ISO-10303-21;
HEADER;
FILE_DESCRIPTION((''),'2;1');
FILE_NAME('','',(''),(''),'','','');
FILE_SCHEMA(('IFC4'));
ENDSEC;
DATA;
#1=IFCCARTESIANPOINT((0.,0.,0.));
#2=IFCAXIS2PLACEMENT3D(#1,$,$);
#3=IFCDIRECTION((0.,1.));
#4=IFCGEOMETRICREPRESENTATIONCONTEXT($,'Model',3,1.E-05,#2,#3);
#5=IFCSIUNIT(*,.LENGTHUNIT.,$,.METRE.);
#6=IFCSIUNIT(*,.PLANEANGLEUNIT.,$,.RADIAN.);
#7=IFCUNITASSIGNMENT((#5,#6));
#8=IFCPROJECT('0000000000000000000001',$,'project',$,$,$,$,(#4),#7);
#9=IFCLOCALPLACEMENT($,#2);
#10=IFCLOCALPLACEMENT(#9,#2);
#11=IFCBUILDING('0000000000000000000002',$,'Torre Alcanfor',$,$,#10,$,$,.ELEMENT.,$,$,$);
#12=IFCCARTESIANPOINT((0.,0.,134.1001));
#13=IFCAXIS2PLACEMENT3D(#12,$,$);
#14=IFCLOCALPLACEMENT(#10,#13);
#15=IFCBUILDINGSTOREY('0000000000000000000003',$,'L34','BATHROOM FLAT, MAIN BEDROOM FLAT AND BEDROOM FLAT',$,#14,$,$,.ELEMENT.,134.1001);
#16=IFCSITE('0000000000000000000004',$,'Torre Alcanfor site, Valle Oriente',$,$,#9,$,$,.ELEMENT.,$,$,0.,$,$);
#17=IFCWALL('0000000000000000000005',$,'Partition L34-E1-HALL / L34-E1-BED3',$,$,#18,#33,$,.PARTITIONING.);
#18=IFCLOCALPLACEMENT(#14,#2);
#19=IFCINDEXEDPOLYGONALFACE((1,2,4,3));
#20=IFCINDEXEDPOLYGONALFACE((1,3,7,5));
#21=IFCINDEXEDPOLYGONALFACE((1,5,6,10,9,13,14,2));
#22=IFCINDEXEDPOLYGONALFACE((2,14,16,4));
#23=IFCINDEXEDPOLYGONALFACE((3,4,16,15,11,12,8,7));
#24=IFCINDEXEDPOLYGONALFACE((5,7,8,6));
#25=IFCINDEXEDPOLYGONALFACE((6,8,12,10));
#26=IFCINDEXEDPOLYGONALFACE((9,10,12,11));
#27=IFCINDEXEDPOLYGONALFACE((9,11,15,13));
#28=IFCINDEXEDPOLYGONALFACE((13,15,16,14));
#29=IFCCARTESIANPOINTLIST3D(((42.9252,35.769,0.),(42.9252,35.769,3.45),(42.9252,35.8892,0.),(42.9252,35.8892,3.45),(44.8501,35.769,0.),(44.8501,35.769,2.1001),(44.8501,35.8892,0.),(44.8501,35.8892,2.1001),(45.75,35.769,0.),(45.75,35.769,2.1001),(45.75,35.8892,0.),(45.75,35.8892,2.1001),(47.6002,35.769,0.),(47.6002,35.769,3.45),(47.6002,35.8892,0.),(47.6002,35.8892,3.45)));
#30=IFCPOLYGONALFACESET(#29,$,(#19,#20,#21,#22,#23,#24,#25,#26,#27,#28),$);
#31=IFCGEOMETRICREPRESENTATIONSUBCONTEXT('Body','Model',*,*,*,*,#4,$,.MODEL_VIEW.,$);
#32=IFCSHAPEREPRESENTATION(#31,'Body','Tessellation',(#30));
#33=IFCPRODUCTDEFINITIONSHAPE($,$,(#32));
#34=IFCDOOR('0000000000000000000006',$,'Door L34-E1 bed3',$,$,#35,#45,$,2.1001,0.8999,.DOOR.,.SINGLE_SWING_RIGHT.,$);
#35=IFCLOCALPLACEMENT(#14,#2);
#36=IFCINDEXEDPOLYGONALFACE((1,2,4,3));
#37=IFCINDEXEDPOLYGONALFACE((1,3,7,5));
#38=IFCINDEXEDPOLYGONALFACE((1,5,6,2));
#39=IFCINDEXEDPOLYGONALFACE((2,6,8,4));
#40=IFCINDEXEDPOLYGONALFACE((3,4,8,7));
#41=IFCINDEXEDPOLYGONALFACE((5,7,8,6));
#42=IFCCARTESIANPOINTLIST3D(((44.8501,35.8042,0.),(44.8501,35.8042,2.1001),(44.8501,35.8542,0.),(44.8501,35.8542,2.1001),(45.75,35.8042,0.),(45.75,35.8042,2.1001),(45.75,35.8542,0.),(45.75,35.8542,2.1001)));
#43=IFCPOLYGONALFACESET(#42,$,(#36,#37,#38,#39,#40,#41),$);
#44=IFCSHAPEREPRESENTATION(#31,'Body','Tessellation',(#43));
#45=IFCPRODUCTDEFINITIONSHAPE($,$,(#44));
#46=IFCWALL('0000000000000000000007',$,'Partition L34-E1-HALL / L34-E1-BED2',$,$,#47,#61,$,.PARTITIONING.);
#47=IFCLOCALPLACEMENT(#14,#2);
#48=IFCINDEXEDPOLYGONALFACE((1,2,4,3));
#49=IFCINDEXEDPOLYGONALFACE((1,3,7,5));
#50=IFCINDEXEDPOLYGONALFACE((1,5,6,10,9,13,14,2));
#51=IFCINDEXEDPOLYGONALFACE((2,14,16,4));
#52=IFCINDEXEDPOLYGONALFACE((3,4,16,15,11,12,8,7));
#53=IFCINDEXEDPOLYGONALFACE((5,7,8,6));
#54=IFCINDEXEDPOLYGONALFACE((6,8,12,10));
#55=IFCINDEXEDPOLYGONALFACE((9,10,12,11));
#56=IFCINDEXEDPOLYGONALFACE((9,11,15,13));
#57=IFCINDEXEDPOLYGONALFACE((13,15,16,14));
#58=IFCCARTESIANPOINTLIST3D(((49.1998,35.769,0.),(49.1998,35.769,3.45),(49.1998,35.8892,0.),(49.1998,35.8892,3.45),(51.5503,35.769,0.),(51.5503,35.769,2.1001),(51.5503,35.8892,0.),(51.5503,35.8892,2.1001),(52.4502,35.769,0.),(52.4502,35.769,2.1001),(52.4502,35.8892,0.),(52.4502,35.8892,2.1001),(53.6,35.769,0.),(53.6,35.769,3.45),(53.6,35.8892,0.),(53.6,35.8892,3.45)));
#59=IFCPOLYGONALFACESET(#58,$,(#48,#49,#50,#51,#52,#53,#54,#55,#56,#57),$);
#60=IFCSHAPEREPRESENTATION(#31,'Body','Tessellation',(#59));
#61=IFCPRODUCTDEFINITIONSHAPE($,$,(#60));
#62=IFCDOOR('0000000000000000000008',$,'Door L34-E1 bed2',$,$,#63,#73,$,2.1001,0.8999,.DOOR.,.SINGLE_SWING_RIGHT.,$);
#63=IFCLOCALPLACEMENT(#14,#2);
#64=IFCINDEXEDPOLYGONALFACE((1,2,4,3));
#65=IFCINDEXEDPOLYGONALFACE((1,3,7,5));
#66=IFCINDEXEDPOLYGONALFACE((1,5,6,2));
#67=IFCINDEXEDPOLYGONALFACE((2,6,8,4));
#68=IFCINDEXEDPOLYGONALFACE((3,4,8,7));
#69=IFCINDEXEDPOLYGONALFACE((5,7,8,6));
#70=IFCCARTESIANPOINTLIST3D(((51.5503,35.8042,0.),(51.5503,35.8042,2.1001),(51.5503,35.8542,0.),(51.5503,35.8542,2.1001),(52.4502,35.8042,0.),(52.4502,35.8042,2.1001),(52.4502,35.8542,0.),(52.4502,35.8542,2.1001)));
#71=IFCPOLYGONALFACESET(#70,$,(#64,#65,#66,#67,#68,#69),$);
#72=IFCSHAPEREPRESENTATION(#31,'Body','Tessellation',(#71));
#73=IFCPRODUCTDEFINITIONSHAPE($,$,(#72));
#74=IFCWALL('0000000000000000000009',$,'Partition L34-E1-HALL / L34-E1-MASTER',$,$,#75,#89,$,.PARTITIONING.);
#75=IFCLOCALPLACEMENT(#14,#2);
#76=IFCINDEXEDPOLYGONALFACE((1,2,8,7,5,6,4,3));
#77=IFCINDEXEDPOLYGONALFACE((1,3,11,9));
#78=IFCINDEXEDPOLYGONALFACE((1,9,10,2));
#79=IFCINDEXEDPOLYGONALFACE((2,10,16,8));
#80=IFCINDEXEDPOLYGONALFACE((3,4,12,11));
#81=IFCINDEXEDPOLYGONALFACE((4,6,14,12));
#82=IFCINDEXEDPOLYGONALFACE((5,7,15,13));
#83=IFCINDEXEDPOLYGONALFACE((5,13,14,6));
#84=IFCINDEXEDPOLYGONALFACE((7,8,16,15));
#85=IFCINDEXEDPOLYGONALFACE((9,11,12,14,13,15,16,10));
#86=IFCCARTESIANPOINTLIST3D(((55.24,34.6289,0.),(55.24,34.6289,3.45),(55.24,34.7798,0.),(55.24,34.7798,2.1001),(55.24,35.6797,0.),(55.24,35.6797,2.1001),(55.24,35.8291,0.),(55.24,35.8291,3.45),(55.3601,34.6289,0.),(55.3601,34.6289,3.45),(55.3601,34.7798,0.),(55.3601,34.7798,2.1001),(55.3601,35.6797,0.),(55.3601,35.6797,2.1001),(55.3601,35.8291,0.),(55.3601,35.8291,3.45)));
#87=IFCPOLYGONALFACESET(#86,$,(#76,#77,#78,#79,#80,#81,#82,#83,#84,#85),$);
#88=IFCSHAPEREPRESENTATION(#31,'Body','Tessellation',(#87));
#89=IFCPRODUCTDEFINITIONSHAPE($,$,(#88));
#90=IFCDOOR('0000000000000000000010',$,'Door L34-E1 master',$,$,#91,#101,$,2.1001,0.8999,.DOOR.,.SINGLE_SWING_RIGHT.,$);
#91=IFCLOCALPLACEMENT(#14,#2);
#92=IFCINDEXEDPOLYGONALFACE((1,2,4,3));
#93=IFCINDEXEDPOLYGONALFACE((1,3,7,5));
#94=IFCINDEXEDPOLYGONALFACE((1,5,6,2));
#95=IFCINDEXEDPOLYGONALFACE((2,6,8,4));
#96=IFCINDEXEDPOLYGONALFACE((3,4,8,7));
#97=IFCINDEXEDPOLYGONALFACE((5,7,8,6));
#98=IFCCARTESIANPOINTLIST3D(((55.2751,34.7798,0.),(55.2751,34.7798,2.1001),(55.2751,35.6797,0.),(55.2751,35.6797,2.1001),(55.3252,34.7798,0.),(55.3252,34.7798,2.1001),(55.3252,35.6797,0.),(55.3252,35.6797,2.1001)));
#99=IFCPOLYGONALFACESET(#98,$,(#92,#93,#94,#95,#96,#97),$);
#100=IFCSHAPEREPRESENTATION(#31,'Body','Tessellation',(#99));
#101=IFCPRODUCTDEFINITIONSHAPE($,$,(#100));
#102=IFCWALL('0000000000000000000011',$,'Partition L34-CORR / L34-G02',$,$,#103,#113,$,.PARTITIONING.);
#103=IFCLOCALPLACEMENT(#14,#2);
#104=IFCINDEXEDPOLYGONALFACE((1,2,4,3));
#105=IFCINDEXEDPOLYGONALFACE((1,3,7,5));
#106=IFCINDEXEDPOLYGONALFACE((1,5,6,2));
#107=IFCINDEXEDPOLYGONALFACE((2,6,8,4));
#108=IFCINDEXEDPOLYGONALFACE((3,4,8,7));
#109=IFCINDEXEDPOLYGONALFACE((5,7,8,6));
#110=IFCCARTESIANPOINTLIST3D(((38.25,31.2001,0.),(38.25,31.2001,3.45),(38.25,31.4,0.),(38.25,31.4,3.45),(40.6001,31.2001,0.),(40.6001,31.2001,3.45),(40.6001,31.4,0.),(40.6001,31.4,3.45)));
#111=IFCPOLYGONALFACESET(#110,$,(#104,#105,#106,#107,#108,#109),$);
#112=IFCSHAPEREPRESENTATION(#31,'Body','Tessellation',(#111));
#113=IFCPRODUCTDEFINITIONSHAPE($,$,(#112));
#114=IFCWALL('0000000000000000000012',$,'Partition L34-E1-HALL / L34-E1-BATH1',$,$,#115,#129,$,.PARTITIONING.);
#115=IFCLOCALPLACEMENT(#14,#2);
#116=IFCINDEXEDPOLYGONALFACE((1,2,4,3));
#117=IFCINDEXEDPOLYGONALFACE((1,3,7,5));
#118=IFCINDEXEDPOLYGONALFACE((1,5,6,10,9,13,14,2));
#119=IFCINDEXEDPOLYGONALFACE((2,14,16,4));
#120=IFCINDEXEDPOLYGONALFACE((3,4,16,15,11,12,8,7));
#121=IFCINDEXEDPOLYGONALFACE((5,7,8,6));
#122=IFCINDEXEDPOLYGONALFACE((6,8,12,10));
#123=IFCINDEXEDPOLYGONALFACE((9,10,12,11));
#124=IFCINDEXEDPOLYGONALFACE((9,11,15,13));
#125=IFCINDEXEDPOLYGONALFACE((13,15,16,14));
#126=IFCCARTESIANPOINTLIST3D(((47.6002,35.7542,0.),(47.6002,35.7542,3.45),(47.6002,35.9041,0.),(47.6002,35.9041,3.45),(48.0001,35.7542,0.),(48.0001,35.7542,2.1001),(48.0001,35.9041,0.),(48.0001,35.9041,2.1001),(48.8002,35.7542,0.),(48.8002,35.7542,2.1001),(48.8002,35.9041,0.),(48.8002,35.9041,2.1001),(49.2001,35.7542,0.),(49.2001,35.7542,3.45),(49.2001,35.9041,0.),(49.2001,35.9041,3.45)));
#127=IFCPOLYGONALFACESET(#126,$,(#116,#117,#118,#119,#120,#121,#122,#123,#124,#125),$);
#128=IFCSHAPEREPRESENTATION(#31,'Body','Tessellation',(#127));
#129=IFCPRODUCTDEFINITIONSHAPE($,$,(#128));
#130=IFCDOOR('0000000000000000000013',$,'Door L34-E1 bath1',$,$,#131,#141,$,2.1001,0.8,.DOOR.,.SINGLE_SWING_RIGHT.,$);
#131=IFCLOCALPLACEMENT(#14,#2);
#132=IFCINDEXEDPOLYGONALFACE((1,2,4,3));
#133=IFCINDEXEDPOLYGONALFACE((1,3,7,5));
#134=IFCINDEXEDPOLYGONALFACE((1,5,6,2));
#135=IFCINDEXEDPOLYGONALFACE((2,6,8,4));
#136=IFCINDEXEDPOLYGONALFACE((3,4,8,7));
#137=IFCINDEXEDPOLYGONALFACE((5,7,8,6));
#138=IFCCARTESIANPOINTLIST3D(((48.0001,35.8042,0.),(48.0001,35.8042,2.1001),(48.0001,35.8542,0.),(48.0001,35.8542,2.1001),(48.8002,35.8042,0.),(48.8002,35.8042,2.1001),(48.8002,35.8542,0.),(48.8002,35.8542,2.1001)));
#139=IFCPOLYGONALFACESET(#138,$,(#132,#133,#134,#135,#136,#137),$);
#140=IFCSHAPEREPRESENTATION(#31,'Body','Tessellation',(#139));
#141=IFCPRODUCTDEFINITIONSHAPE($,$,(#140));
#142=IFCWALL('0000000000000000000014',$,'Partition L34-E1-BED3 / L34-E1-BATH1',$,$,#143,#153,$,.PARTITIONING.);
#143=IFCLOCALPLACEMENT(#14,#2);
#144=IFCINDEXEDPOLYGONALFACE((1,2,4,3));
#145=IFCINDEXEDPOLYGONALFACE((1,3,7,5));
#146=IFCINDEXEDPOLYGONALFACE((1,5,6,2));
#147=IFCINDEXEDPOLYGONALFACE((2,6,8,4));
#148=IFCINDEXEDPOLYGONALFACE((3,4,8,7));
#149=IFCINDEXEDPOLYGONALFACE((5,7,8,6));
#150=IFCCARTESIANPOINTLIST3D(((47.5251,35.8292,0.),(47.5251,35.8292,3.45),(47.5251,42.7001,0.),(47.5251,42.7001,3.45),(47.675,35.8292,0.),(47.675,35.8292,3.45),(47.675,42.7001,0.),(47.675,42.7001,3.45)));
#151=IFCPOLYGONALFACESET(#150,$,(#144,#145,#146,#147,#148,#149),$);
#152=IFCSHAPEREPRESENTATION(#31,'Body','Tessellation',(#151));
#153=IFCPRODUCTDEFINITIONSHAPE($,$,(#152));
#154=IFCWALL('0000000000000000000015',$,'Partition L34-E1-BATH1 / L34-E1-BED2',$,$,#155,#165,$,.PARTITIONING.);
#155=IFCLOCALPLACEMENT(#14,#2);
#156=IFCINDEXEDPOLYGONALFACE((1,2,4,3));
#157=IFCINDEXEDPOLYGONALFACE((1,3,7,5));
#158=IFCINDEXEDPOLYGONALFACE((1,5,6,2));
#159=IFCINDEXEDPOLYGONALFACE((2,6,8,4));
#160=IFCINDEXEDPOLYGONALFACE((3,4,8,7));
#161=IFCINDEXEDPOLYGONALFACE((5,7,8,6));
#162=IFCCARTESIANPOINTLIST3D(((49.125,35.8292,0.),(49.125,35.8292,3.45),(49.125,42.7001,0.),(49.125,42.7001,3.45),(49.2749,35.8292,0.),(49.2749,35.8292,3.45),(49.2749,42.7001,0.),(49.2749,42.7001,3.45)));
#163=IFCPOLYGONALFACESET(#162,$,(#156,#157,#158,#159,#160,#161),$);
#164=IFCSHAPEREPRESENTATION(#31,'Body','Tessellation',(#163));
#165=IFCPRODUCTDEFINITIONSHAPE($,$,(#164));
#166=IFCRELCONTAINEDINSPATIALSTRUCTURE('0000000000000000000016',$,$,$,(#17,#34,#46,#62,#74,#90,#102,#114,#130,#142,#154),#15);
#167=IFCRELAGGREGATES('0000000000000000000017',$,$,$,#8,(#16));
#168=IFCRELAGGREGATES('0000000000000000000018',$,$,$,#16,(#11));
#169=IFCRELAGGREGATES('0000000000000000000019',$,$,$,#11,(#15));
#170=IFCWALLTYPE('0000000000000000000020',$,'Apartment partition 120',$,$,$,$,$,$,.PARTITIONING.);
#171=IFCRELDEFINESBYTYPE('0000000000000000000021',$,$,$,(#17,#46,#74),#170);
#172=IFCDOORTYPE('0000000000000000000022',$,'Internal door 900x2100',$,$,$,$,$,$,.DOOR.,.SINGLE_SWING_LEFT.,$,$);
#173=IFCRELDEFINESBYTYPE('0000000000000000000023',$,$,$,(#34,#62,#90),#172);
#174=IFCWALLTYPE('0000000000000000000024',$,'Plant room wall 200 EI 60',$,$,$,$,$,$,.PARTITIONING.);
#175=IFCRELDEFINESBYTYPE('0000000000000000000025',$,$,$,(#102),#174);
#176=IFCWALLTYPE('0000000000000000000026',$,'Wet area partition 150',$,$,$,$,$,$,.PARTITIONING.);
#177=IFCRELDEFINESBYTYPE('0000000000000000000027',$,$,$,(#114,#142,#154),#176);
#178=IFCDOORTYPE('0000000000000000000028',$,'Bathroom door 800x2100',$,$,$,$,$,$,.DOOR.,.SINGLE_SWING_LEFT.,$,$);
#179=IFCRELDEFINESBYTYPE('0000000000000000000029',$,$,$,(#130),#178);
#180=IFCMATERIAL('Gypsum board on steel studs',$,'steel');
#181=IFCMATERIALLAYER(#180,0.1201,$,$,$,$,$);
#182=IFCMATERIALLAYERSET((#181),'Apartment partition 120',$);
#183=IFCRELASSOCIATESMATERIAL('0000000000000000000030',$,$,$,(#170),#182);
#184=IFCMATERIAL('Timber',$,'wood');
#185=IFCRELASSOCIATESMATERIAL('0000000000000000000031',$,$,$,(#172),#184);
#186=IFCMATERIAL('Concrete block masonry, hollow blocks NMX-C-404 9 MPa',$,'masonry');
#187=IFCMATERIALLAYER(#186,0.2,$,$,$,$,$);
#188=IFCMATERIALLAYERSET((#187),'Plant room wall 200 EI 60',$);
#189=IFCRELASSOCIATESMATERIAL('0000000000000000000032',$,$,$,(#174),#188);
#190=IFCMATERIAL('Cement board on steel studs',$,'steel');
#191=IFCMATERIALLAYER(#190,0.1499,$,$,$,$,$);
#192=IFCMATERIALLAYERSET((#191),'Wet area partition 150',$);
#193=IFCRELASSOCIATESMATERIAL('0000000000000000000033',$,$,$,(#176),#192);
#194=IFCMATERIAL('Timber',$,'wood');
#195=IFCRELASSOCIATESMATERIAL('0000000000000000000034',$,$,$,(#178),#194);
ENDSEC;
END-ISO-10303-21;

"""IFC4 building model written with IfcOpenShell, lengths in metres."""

from ifc_helpers import new_model, si_unit, direction, frame, frame_2d, origin, place, context, subcontext, project, spatial, rectangle, extrude, material, layer, layer_set, type_object, element, fill, save


model = new_model("IFC4")

# Units and contexts
model_context = context("Model", 3, precision=1e-05, world=origin(), true_north=direction((0.0, 1.0)))
body_context = subcontext(model_context, "Body", "Model", "MODEL_VIEW")
ifc_project = project(units=[si_unit("LENGTHUNIT", "METRE"), si_unit("PLANEANGLEUNIT", "RADIAN")], contexts=[model_context])

# Site, building, storey
site_placement = place(None, origin())
site = spatial("IfcSite", under=ifc_project, at=site_placement, Name="Torre Alcanfor site, Valle Oriente", CompositionType="ELEMENT", RefElevation=0.0)
building_placement = place(site_placement, origin())
building = spatial("IfcBuilding", under=site, at=building_placement, Name="Torre Alcanfor", CompositionType="ELEMENT")
storey_placement = place(building_placement, frame((0.0, 0.0, 134.1001)))
storey = spatial("IfcBuildingStorey", under=building, at=storey_placement, Name="L34", Description="BATHROOM FLAT, MAIN BEDROOM FLAT AND BEDROOM FLAT", CompositionType="ELEMENT", Elevation=134.1001)

# Shared definitions
ifc_material_1 = material(Name="Gypsum board on steel studs", Category="steel")
ifc_layer_1 = layer(ifc_material_1, 0.1201)
ifc_layer_set_1 = layer_set([ifc_layer_1], Name="Apartment partition 120")
wall_type_1 = type_object("IfcWallType", Name="Apartment partition 120", PredefinedType="PARTITIONING", material=ifc_layer_set_1)

# Shared definitions
ifc_material_2 = material(Name="Timber", Category="wood")
door_type_1 = type_object("IfcDoorType", Name="Internal door 900x2100", OperationType="SINGLE_SWING_LEFT", PredefinedType="DOOR", material=ifc_material_2)

# Walls, openings, doors
wall_1_placement = place(storey_placement, frame((47.6001, 35.8291, 0.0), z_axis=(0.0, 0.0, 1.0), x_axis=(-1.0, 0.0, 0.0)))
wall_1 = element("IfcWall", 1, at=wall_1_placement, inside=storey, type_object=wall_type_1, Name="Partition L34-E1-HALL / L34-E1-BED3", PredefinedType="PARTITIONING", context=body_context, shape_type="SweptSolid", body=[
    extrude(rectangle(XDim=4.675, YDim=0.1201, at=frame_2d((2.3374, 0.0))), origin(), (0.0, 0.0, 1.0), 3.45),
])
opening_1_placement = place(wall_1_placement, frame((1.8501, 0.0, 0.0)))
opening_1 = element("IfcOpeningElement", 2, at=opening_1_placement, cuts=wall_1, PredefinedType="OPENING", context=body_context, shape_type="SweptSolid", body=[
    extrude(rectangle(XDim=0.8999, YDim=2.1001, at=frame_2d((0.45, 1.05))), frame((0.0, 0.0701, 0.0), z_axis=(0.0, -1.0, 0.0), x_axis=(1.0, 0.0, 0.0)), (0.0, 0.0, 1.0), 0.1401),
])
door_1_placement = place(opening_1_placement, frame((0.8999, 0.0, 0.0), z_axis=(0.0, 0.0, 1.0), x_axis=(-1.0, 0.0, 0.0)))
door_1 = element("IfcDoor", 3, at=door_1_placement, inside=storey, type_object=door_type_1, Name="Door L34-E1 bed3", OperationType="SINGLE_SWING_RIGHT", OverallHeight=2.1001, OverallWidth=0.8999, PredefinedType="DOOR", context=body_context, shape_type="SweptSolid", body=[
    extrude(rectangle(XDim=0.8999, YDim=2.1001, at=frame_2d((0.45, 1.05))), frame((0.0, 0.0251, 0.0), z_axis=(0.0, -1.0, 0.0), x_axis=(1.0, 0.0, 0.0)), (0.0, 0.0, 1.0), 0.05),
])
fill(opening_1, door_1)
wall_2_placement = place(storey_placement, frame((53.6001, 35.8291, 0.0), z_axis=(0.0, 0.0, 1.0), x_axis=(-1.0, 0.0, 0.0)))
wall_2 = element("IfcWall", 4, at=wall_2_placement, inside=storey, type_object=wall_type_1, Name="Partition L34-E1-HALL / L34-E1-BED2", PredefinedType="PARTITIONING", context=body_context, shape_type="SweptSolid", body=[
    extrude(rectangle(XDim=4.4001, YDim=0.1201, at=frame_2d((2.2002, 0.0))), origin(), (0.0, 0.0, 1.0), 3.45),
])
opening_2_placement = place(wall_2_placement, frame((1.1499, 0.0, 0.0)))
opening_2 = element("IfcOpeningElement", 5, at=opening_2_placement, cuts=wall_2, PredefinedType="OPENING", context=body_context, shape_type="SweptSolid", body=[
    extrude(rectangle(XDim=0.8999, YDim=2.1001, at=frame_2d((0.45, 1.05))), frame((0.0, 0.0701, 0.0), z_axis=(0.0, -1.0, 0.0), x_axis=(1.0, 0.0, 0.0)), (0.0, 0.0, 1.0), 0.1401),
])
door_2_placement = place(opening_2_placement, frame((0.8999, 0.0, 0.0), z_axis=(0.0, 0.0, 1.0), x_axis=(-1.0, 0.0, 0.0)))
door_2 = element("IfcDoor", 6, at=door_2_placement, inside=storey, type_object=door_type_1, Name="Door L34-E1 bed2", OperationType="SINGLE_SWING_RIGHT", OverallHeight=2.1001, OverallWidth=0.8999, PredefinedType="DOOR", context=body_context, shape_type="SweptSolid", body=[
    extrude(rectangle(XDim=0.8999, YDim=2.1001, at=frame_2d((0.45, 1.05))), frame((0.0, 0.0251, 0.0), z_axis=(0.0, -1.0, 0.0), x_axis=(1.0, 0.0, 0.0)), (0.0, 0.0, 1.0), 0.05),
])
fill(opening_2, door_2)
wall_3_placement = place(storey_placement, frame((55.3, 34.6289, 0.0), z_axis=(0.0, 0.0, 1.0), x_axis=(0.0, 1.0, 0.0)))
wall_3 = element("IfcWall", 7, at=wall_3_placement, inside=storey, type_object=wall_type_1, Name="Partition L34-E1-HALL / L34-E1-MASTER", PredefinedType="PARTITIONING", context=body_context, shape_type="SweptSolid", body=[
    extrude(rectangle(XDim=1.2002, YDim=0.1201, at=frame_2d((0.6001, 0.0))), origin(), (0.0, 0.0, 1.0), 3.45),
])
opening_3_placement = place(wall_3_placement, frame((0.1509, 0.0, 0.0)))
opening_3 = element("IfcOpeningElement", 8, at=opening_3_placement, cuts=wall_3, PredefinedType="OPENING", context=body_context, shape_type="SweptSolid", body=[
    extrude(rectangle(XDim=0.8999, YDim=2.1001, at=frame_2d((0.45, 1.05))), frame((0.0, 0.0701, 0.0), z_axis=(0.0, -1.0, 0.0), x_axis=(1.0, 0.0, 0.0)), (0.0, 0.0, 1.0), 0.1401),
])
door_3_placement = place(opening_3_placement, frame((0.8999, 0.0, 0.0), z_axis=(0.0, 0.0, 1.0), x_axis=(-1.0, 0.0, 0.0)))
door_3 = element("IfcDoor", 9, at=door_3_placement, inside=storey, type_object=door_type_1, Name="Door L34-E1 master", OperationType="SINGLE_SWING_RIGHT", OverallHeight=2.1001, OverallWidth=0.8999, PredefinedType="DOOR", context=body_context, shape_type="SweptSolid", body=[
    extrude(rectangle(XDim=0.8999, YDim=2.1001, at=frame_2d((0.45, 1.05))), frame((0.0, 0.0251, 0.0), z_axis=(0.0, -1.0, 0.0), x_axis=(1.0, 0.0, 0.0)), (0.0, 0.0, 1.0), 0.05),
])
fill(opening_3, door_3)

# Wall
ifc_material_3 = material(Name="Concrete block masonry, hollow blocks NMX-C-404 9 MPa", Category="masonry")
ifc_layer_2 = layer(ifc_material_3, 0.2)
ifc_layer_set_2 = layer_set([ifc_layer_2], Name="Plant room wall 200 EI 60")
wall_type_2 = type_object("IfcWallType", Name="Plant room wall 200 EI 60", PredefinedType="PARTITIONING", material=ifc_layer_set_2)
wall_4_placement = place(storey_placement, frame((40.6001, 31.3, 0.0), z_axis=(0.0, 0.0, 1.0), x_axis=(-1.0, 0.0, 0.0)))
element("IfcWall", 10, at=wall_4_placement, inside=storey, type_object=wall_type_2, Name="Partition L34-CORR / L34-G02", PredefinedType="PARTITIONING", context=body_context, shape_type="SweptSolid", body=[
    extrude(rectangle(XDim=2.3501, YDim=0.2, at=frame_2d((1.175, 0.0))), origin(), (0.0, 0.0, 1.0), 3.45),
])

# Wall, opening, door
ifc_material_4 = material(Name="Cement board on steel studs", Category="steel")
ifc_layer_3 = layer(ifc_material_4, 0.1499)
ifc_layer_set_3 = layer_set([ifc_layer_3], Name="Wet area partition 150")
wall_type_3 = type_object("IfcWallType", Name="Wet area partition 150", PredefinedType="PARTITIONING", material=ifc_layer_set_3)
wall_5_placement = place(storey_placement, frame((49.2, 35.8291, 0.0), z_axis=(0.0, 0.0, 1.0), x_axis=(-1.0, 0.0, 0.0)))
wall_5 = element("IfcWall", 11, at=wall_5_placement, inside=storey, type_object=wall_type_3, Name="Partition L34-E1-HALL / L34-E1-BATH1", PredefinedType="PARTITIONING", context=body_context, shape_type="SweptSolid", body=[
    extrude(rectangle(XDim=1.5999, YDim=0.1499, at=frame_2d((0.7998, 0.0))), origin(), (0.0, 0.0, 1.0), 3.45),
])
opening_4_placement = place(wall_5_placement, frame((0.3999, 0.0, 0.0)))
opening_4 = element("IfcOpeningElement", 12, at=opening_4_placement, cuts=wall_5, PredefinedType="OPENING", context=body_context, shape_type="SweptSolid", body=[
    extrude(rectangle(XDim=0.8, YDim=2.1001, at=frame_2d((0.3999, 1.05))), frame((0.0, 0.085, 0.0), z_axis=(0.0, -1.0, 0.0), x_axis=(1.0, 0.0, 0.0)), (0.0, 0.0, 1.0), 0.1699),
])
ifc_material_5 = material(Name="Timber", Category="wood")
door_type_2 = type_object("IfcDoorType", Name="Bathroom door 800x2100", OperationType="SINGLE_SWING_LEFT", PredefinedType="DOOR", material=ifc_material_5)
door_4_placement = place(opening_4_placement, frame((0.8, 0.0, 0.0), z_axis=(0.0, 0.0, 1.0), x_axis=(-1.0, 0.0, 0.0)))
door_4 = element("IfcDoor", 13, at=door_4_placement, inside=storey, type_object=door_type_2, Name="Door L34-E1 bath1", OperationType="SINGLE_SWING_RIGHT", OverallHeight=2.1001, OverallWidth=0.8, PredefinedType="DOOR", context=body_context, shape_type="SweptSolid", body=[
    extrude(rectangle(XDim=0.8, YDim=2.1001, at=frame_2d((0.4001, 1.05))), frame((0.0, 0.0251, 0.0), z_axis=(0.0, -1.0, 0.0), x_axis=(1.0, 0.0, 0.0)), (0.0, 0.0, 1.0), 0.05),
])
fill(opening_4, door_4)

# Walls
for number, where, z_axis, x_axis, name in (
    (14, (47.6001, 35.8291, 0.0), (0.0, 0.0, 1.0), (0.0, 1.0, 0.0), "Partition L34-E1-BED3 / L34-E1-BATH1"),
    (15, (49.2, 35.8291, 0.0), (0.0, 0.0, 1.0), (0.0, 1.0, 0.0), "Partition L34-E1-BATH1 / L34-E1-BED2"),
):
    element("IfcWall", number, at=place(storey_placement, frame(where, z_axis=z_axis, x_axis=x_axis)), inside=storey, type_object=wall_type_3, Name=name, PredefinedType="PARTITIONING", context=body_context, shape_type="SweptSolid", body=[
        extrude(rectangle(XDim=6.8708, YDim=0.1499, at=frame_2d((3.4355, 0.0))), origin(), (0.0, 0.0, 1.0), 3.45),
    ])

save(model, "model.ifc")
